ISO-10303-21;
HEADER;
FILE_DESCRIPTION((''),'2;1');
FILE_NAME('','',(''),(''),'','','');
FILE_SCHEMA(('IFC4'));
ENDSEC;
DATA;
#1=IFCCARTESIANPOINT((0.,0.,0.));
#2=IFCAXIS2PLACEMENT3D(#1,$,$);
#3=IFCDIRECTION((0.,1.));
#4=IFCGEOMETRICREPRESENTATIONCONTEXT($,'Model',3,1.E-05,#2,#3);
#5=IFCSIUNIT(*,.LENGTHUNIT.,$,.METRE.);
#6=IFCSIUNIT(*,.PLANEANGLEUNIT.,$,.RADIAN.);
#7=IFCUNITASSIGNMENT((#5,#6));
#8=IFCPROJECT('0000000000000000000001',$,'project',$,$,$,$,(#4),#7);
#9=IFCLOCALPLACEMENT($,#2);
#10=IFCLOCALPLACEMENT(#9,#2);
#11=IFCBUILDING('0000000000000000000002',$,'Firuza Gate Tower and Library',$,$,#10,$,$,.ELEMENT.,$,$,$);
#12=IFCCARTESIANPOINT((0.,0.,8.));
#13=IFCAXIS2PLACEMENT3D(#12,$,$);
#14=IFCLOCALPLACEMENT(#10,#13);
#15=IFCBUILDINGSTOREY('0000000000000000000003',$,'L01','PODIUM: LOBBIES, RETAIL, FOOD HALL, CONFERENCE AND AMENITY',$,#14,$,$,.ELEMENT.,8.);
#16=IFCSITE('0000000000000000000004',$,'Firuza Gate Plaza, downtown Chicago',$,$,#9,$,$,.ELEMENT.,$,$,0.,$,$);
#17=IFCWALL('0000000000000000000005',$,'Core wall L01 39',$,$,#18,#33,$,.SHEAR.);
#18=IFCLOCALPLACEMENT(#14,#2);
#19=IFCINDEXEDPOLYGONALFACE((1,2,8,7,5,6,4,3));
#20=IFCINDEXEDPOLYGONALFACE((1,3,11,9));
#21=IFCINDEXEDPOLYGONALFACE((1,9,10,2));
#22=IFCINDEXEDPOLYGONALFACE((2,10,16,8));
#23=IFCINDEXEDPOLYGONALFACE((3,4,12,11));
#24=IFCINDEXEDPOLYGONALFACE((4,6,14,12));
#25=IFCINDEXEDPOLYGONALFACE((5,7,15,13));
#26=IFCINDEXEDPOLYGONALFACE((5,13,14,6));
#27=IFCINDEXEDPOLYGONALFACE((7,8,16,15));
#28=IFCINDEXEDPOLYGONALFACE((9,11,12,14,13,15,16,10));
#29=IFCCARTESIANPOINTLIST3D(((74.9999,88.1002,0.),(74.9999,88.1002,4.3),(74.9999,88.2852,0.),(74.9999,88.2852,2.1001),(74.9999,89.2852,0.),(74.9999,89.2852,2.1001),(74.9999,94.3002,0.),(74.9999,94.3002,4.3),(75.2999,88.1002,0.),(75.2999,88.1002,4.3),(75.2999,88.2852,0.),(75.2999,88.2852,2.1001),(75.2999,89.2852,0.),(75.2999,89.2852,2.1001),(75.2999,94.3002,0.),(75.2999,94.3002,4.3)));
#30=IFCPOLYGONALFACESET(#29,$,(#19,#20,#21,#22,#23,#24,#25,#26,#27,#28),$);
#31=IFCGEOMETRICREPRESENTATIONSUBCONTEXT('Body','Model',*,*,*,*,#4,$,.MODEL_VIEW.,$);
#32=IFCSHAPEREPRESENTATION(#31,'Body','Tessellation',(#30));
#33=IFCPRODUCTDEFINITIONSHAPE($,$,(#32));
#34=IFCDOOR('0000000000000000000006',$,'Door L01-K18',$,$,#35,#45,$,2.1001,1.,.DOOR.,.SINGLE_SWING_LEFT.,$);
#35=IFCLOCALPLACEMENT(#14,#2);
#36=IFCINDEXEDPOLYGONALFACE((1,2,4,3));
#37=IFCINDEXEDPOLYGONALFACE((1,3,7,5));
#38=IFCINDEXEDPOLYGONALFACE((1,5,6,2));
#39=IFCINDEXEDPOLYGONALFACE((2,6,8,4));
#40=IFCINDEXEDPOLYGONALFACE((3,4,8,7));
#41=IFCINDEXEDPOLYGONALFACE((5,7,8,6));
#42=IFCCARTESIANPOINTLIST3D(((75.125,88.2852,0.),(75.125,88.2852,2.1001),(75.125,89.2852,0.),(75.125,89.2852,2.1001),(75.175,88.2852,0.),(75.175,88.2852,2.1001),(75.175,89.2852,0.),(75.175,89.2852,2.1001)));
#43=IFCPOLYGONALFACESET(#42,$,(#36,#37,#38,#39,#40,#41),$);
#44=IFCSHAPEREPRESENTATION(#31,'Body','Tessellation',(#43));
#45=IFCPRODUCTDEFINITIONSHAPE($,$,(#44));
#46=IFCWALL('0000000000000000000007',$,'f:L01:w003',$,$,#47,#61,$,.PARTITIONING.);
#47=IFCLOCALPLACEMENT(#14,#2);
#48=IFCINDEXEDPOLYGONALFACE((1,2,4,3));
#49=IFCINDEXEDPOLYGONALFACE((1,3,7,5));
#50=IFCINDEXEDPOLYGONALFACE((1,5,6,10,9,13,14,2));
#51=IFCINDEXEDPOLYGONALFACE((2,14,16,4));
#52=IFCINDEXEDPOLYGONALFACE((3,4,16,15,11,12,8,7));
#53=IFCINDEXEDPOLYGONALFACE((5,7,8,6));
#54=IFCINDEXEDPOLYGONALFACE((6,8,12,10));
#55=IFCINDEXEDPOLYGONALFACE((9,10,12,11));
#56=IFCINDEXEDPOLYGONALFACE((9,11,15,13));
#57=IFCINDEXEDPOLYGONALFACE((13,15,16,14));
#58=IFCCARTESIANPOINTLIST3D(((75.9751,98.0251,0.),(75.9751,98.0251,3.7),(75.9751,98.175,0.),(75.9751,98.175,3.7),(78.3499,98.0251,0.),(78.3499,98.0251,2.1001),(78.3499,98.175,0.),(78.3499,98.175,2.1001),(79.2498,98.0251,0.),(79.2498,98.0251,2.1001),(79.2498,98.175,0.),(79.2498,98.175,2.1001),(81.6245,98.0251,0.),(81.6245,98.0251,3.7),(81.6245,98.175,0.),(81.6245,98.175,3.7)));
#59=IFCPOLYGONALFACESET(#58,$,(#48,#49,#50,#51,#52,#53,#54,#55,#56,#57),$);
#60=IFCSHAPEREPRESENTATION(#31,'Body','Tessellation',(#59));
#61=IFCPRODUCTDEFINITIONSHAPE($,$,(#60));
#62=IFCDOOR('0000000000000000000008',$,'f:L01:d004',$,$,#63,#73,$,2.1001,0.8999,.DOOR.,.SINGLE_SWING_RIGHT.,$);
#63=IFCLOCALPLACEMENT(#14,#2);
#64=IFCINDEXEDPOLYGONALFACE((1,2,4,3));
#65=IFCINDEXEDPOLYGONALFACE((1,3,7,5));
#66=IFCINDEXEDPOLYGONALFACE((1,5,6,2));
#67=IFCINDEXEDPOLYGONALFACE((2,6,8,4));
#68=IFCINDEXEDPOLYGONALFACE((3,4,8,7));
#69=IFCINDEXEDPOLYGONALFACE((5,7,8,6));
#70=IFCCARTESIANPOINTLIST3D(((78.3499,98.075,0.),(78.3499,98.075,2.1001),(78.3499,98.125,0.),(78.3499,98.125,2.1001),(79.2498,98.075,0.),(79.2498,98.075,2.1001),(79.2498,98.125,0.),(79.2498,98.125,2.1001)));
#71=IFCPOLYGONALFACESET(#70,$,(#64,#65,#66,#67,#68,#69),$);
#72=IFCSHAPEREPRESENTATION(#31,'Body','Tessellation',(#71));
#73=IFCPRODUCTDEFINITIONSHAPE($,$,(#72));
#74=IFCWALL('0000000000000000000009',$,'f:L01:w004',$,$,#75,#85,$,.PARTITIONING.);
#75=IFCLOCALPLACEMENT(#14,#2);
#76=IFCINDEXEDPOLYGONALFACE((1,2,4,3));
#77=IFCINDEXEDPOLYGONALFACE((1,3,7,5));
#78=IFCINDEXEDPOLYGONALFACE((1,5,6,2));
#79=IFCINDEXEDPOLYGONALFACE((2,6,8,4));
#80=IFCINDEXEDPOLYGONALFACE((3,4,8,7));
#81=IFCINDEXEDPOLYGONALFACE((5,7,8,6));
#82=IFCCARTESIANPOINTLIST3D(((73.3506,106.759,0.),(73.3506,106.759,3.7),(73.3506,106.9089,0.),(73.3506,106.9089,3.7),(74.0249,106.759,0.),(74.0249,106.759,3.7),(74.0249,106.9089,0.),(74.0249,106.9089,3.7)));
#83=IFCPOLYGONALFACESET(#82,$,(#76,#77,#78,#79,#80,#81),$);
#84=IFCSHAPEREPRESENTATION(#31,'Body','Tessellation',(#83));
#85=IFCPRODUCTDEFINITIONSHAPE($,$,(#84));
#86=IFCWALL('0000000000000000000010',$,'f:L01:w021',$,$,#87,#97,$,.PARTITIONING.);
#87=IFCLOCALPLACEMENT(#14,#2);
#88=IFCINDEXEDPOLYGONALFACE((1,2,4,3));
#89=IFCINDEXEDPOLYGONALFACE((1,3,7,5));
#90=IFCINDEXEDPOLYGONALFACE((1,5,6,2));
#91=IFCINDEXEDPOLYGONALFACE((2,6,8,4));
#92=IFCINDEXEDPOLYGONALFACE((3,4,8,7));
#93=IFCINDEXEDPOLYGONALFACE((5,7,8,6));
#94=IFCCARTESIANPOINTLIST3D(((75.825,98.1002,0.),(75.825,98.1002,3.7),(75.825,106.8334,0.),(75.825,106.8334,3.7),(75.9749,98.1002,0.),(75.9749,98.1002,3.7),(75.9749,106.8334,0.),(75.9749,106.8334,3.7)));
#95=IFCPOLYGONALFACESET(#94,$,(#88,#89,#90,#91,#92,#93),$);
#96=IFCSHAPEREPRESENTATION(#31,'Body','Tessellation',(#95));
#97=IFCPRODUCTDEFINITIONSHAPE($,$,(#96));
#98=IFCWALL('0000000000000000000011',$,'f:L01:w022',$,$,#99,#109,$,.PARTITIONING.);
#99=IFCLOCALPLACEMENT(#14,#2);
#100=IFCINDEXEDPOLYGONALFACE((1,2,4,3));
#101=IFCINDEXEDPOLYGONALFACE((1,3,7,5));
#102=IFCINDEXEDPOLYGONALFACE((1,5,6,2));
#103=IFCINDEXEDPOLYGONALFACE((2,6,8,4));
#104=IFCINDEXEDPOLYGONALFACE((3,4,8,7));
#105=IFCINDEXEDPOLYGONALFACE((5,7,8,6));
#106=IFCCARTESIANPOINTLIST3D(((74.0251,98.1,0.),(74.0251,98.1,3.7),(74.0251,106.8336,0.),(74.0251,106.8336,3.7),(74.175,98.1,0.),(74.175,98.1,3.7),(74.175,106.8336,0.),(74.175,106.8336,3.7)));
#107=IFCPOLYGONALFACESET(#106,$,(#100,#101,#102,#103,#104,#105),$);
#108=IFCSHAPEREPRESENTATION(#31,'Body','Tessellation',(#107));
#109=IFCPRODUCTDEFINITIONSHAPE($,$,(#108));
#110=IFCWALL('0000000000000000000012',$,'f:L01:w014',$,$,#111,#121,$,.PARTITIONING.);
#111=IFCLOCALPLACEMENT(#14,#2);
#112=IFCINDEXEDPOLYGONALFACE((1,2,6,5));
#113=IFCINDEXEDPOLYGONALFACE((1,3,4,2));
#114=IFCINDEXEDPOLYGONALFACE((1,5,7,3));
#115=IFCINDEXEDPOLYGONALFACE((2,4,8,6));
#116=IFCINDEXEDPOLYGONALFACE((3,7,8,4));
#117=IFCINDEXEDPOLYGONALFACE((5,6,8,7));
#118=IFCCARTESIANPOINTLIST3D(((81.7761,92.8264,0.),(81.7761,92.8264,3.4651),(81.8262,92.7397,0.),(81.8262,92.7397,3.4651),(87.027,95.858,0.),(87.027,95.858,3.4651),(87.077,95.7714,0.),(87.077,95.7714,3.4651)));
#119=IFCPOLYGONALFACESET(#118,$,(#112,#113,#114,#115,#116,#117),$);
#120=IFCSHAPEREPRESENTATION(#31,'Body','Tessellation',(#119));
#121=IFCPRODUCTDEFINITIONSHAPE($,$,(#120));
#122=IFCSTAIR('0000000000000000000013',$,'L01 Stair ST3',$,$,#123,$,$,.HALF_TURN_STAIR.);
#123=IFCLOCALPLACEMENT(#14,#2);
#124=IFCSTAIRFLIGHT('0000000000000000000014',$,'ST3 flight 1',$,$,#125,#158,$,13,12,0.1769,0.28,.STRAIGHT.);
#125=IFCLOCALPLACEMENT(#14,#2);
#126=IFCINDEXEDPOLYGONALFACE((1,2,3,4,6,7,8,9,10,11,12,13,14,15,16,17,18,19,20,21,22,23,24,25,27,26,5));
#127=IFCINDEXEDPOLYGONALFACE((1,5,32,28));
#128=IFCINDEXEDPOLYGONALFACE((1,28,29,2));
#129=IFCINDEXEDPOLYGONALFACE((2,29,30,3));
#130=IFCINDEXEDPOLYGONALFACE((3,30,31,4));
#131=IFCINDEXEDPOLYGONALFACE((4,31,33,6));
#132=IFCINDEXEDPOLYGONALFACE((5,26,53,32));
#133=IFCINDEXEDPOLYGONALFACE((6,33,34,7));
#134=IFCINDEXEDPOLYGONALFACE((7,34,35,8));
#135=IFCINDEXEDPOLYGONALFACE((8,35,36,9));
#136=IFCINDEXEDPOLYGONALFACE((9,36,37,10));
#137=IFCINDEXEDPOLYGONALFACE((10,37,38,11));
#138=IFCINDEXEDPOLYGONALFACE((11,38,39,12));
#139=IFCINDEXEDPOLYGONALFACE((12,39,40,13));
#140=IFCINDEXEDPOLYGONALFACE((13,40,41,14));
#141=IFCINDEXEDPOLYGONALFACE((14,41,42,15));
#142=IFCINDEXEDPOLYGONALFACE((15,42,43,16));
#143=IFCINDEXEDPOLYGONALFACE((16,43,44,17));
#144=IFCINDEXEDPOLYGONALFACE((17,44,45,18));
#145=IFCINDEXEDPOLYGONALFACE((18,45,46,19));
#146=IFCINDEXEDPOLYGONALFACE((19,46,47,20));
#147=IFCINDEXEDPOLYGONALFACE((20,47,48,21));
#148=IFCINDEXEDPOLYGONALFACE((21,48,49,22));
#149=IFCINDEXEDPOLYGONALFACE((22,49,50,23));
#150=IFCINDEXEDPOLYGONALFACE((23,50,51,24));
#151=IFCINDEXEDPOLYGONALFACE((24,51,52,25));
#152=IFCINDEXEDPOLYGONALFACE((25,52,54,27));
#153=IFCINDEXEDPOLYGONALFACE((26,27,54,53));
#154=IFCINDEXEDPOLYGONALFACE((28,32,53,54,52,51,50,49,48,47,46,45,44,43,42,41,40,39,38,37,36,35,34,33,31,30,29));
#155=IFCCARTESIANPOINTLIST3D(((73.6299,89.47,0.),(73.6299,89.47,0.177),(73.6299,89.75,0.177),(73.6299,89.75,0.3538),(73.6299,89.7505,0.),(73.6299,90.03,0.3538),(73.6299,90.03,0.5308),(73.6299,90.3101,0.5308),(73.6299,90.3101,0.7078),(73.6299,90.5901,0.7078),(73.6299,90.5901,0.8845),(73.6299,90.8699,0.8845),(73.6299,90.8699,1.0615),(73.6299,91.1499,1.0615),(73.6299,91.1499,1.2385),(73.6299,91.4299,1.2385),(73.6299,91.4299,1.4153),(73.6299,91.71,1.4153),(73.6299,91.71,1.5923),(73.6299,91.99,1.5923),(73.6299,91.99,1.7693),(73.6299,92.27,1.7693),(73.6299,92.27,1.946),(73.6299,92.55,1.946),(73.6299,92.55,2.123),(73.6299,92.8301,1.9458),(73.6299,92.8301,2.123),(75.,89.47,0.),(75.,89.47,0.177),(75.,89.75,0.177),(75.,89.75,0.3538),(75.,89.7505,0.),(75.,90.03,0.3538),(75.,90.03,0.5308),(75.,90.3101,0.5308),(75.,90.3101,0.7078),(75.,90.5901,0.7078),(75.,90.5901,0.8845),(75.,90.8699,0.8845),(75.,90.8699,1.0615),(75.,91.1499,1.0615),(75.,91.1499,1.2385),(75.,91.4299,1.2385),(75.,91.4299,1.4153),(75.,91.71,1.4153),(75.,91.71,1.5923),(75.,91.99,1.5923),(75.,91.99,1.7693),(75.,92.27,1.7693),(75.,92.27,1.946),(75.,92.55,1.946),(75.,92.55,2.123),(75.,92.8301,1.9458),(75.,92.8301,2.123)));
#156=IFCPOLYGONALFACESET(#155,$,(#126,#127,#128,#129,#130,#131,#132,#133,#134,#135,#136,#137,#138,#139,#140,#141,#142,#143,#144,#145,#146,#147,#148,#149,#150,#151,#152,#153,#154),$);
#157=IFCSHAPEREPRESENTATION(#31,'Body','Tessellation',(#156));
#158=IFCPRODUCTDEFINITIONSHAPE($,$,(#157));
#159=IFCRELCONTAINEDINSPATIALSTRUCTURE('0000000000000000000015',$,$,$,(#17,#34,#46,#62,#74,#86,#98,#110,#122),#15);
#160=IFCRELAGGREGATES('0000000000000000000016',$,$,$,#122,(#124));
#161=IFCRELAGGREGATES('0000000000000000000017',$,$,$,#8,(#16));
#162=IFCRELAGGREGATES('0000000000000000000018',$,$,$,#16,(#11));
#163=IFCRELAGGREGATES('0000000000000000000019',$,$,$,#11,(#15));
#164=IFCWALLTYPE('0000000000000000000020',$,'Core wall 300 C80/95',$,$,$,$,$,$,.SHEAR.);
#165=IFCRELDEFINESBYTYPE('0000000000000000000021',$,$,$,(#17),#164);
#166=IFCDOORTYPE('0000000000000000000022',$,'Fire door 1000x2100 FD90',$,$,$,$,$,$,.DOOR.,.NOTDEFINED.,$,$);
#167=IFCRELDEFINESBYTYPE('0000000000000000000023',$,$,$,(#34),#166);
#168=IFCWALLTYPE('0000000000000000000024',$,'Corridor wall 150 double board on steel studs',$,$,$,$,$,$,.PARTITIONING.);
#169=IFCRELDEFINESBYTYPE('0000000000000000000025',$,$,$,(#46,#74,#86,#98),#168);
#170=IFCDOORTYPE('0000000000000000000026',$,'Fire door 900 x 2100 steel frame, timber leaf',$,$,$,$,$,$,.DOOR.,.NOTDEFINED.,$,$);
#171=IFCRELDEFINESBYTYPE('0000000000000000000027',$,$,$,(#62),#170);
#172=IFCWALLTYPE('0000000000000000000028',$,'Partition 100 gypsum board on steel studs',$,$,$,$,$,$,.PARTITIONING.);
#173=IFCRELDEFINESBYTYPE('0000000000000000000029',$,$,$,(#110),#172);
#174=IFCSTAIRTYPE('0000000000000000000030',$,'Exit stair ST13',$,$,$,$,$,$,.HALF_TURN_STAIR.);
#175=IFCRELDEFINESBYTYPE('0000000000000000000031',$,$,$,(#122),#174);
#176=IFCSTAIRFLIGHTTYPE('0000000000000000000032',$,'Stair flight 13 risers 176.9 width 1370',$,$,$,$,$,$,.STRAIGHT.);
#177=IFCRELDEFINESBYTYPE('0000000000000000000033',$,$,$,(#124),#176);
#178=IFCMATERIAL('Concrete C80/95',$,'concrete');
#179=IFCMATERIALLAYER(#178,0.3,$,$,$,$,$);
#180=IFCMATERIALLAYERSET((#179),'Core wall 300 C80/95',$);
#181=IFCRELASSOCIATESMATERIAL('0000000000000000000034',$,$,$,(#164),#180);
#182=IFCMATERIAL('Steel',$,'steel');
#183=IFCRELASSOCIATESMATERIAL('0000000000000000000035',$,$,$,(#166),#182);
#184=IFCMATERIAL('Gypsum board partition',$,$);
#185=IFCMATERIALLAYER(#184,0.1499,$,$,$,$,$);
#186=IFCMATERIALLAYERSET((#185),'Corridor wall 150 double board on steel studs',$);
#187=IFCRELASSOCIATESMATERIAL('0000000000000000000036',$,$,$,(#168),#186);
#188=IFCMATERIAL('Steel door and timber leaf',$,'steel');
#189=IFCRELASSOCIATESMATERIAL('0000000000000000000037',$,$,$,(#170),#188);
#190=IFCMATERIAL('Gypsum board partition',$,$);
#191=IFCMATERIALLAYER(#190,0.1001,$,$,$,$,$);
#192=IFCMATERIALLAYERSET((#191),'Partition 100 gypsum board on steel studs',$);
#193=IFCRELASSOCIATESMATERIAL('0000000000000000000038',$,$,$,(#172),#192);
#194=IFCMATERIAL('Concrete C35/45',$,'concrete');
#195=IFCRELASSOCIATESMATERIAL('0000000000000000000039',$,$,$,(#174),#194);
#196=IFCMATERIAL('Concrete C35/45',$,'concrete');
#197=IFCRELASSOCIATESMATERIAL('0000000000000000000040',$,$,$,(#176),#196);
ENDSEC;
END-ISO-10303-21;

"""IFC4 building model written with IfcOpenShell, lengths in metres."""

from ifc_helpers import new_model, si_unit, direction, frame, frame_2d, origin, place, context, subcontext, project, spatial, polyline, rectangle, outline, extrude, material, layer, layer_set, type_object, element, fill, aggregate, save


model = new_model("IFC4")

# Units and contexts
model_context = context("Model", 3, precision=1e-05, world=origin(), true_north=direction((0.0, 1.0)))
body_context = subcontext(model_context, "Body", "Model", "MODEL_VIEW")
ifc_project = project(units=[si_unit("LENGTHUNIT", "METRE"), si_unit("PLANEANGLEUNIT", "RADIAN")], contexts=[model_context])

# Site, building, storey
site_placement = place(None, origin())
site = spatial("IfcSite", under=ifc_project, at=site_placement, Name="Firuza Gate Plaza, downtown Chicago", CompositionType="ELEMENT", RefElevation=0.0)
building_placement = place(site_placement, origin())
building = spatial("IfcBuilding", under=site, at=building_placement, Name="Firuza Gate Tower and Library", CompositionType="ELEMENT")
storey_placement = place(building_placement, frame((0.0, 0.0, 8.0)))
storey = spatial("IfcBuildingStorey", under=building, at=storey_placement, Name="L01", Description="PODIUM: LOBBIES, RETAIL, FOOD HALL, CONFERENCE AND AMENITY", CompositionType="ELEMENT", Elevation=8.0)

# Shared definitions
placement = place(storey_placement, origin())

# Shared definitions
ifc_material_1 = material(Name="Concrete C80/95", Category="concrete")
ifc_layer_1 = layer(ifc_material_1, 0.3)
ifc_layer_set_1 = layer_set([ifc_layer_1], Name="Core wall 300 C80/95")
wall_type_1 = type_object("IfcWallType", Name="Core wall 300 C80/95", PredefinedType="SHEAR", material=ifc_layer_set_1)

# Walls, openings, doors
wall_1_placement = place(storey_placement, frame((75.1499, 88.1001, 0.0), z_axis=(0.0, 0.0, 1.0), x_axis=(0.0, 1.0, 0.0)))
wall_1 = element("IfcWall", 1, at=wall_1_placement, inside=storey, type_object=wall_type_1, Name="Core wall L01 39", PredefinedType="SHEAR", context=body_context, shape_type="SweptSolid", body=[
    extrude(rectangle(XDim=6.2, YDim=0.3, at=frame_2d((3.1001, 0.0))), origin(), (0.0, 0.0, 1.0), 4.3),
])
opening_1_placement = place(wall_1_placement, frame((0.1851, 0.0, 0.0)))
opening_1 = element("IfcOpeningElement", 2, at=opening_1_placement, cuts=wall_1, PredefinedType="OPENING", context=body_context, shape_type="SweptSolid", body=[
    extrude(rectangle(XDim=1.0, YDim=2.1001, at=frame_2d((0.5, 1.05))), frame((0.0, 0.1602, 0.0), z_axis=(0.0, -1.0, 0.0), x_axis=(1.0, 0.0, 0.0)), (0.0, 0.0, 1.0), 0.3201),
])
ifc_material_2 = material(Name="Steel", Category="steel")
door_type_1 = type_object("IfcDoorType", Name="Fire door 1000x2100 FD90", OperationType="NOTDEFINED", PredefinedType="DOOR", material=ifc_material_2)
door_1_placement = place(opening_1_placement, origin())
door_1 = element("IfcDoor", 3, at=door_1_placement, inside=storey, type_object=door_type_1, Name="Door L01-K18", OperationType="SINGLE_SWING_LEFT", OverallHeight=2.1001, OverallWidth=1.0, PredefinedType="DOOR", context=body_context, shape_type="SweptSolid", body=[
    extrude(rectangle(XDim=1.0, YDim=2.1001, at=frame_2d((0.5, 1.05))), frame((0.0, 0.0249, 0.0), z_axis=(0.0, -1.0, 0.0), x_axis=(1.0, 0.0, 0.0)), (0.0, 0.0, 1.0), 0.05),
])
fill(opening_1, door_1)
ifc_material_3 = material(Name="Gypsum board partition")
ifc_layer_2 = layer(ifc_material_3, 0.1499)
ifc_layer_set_2 = layer_set([ifc_layer_2], Name="Corridor wall 150 double board on steel studs")
wall_type_2 = type_object("IfcWallType", Name="Corridor wall 150 double board on steel studs", PredefinedType="PARTITIONING", material=ifc_layer_set_2)
wall_2_placement = place(storey_placement, frame((75.9751, 98.1001, 0.0), z_axis=(0.0, 0.0, 1.0), x_axis=(1.0, 0.0, 0.0)))
wall_2 = element("IfcWall", 4, at=wall_2_placement, inside=storey, type_object=wall_type_2, Name="f:L01:w003", PredefinedType="PARTITIONING", context=body_context, shape_type="SweptSolid", body=[
    extrude(rectangle(XDim=5.6494, YDim=0.1499, at=frame_2d((2.8247, 0.0))), origin(), (0.0, 0.0, 1.0), 3.7),
])
opening_2_placement = place(wall_2_placement, frame((2.3748, 0.0, 0.0)))
opening_2 = element("IfcOpeningElement", 5, at=opening_2_placement, cuts=wall_2, PredefinedType="OPENING", context=body_context, shape_type="SweptSolid", body=[
    extrude(rectangle(XDim=0.8999, YDim=2.1001, at=frame_2d((0.45, 1.05))), frame((0.0, 0.085, 0.0), z_axis=(0.0, -1.0, 0.0), x_axis=(1.0, 0.0, 0.0)), (0.0, 0.0, 1.0), 0.1699),
])
ifc_material_4 = material(Name="Steel door and timber leaf", Category="steel")
door_type_2 = type_object("IfcDoorType", Name="Fire door 900 x 2100 steel frame, timber leaf", OperationType="NOTDEFINED", PredefinedType="DOOR", material=ifc_material_4)
door_2_placement = place(opening_2_placement, origin())
door_2 = element("IfcDoor", 6, at=door_2_placement, inside=storey, type_object=door_type_2, Name="f:L01:d004", OperationType="SINGLE_SWING_RIGHT", OverallHeight=2.1001, OverallWidth=0.8999, PredefinedType="DOOR", context=body_context, shape_type="SweptSolid", body=[
    extrude(rectangle(XDim=0.8999, YDim=2.1001, at=frame_2d((0.45, 1.05))), frame((0.0, 0.0249, 0.0), z_axis=(0.0, -1.0, 0.0), x_axis=(1.0, 0.0, 0.0)), (0.0, 0.0, 1.0), 0.05),
])
fill(opening_2, door_2)

# Walls
wall_3_placement = place(storey_placement, frame((73.3506, 106.834, 0.0), z_axis=(0.0, 0.0, 1.0), x_axis=(1.0, 0.0, 0.0)))
element("IfcWall", 7, at=wall_3_placement, inside=storey, type_object=wall_type_2, Name="f:L01:w004", PredefinedType="PARTITIONING", context=body_context, shape_type="SweptSolid", body=[
    extrude(rectangle(XDim=0.6743, YDim=0.1499, at=frame_2d((0.3372, 0.0))), origin(), (0.0, 0.0, 1.0), 3.7),
])
wall_4_placement = place(storey_placement, frame((75.8999, 98.1001, 0.0), z_axis=(0.0, 0.0, 1.0), x_axis=(0.0, 1.0, 0.0)))
element("IfcWall", 8, at=wall_4_placement, inside=storey, type_object=wall_type_2, Name="f:L01:w021", PredefinedType="PARTITIONING", context=body_context, shape_type="SweptSolid", body=[
    extrude(rectangle(XDim=8.7332, YDim=0.1499, at=frame_2d((4.3667, 0.0))), origin(), (0.0, 0.0, 1.0), 3.7),
])
wall_5_placement = place(storey_placement, frame((74.1001, 98.1001, 0.0), z_axis=(0.0, 0.0, 1.0), x_axis=(0.0, 1.0, 0.0)))
element("IfcWall", 9, at=wall_5_placement, inside=storey, type_object=wall_type_2, Name="f:L01:w022", PredefinedType="PARTITIONING", context=body_context, shape_type="SweptSolid", body=[
    extrude(rectangle(XDim=8.7336, YDim=0.1499, at=frame_2d((4.3667, 0.0))), origin(), (0.0, 0.0, 1.0), 3.7),
])
ifc_material_5 = material(Name="Gypsum board partition")
ifc_layer_3 = layer(ifc_material_5, 0.1001)
ifc_layer_set_3 = layer_set([ifc_layer_3], Name="Partition 100 gypsum board on steel studs")
wall_type_3 = type_object("IfcWallType", Name="Partition 100 gypsum board on steel studs", PredefinedType="PARTITIONING", material=ifc_layer_set_3)
wall_6_placement = place(storey_placement, frame((81.801, 92.783, 0.0), z_axis=(0.0, 0.0, 1.0), x_axis=(0.866019, 0.500011, 0.0)))
element("IfcWall", 10, at=wall_6_placement, inside=storey, type_object=wall_type_3, Name="f:L01:w014", PredefinedType="PARTITIONING", context=body_context, shape_type="SweptSolid", body=[
    extrude(rectangle(XDim=6.0632, YDim=0.1001, at=frame_2d((3.0317, 0.0))), origin(), (0.0, 0.0, 1.0), 3.4651),
])

# Stair, stair flight
ifc_material_6 = material(Name="Concrete C35/45", Category="concrete")
stair_type = type_object("IfcStairType", Name="Exit stair ST13", PredefinedType="HALF_TURN_STAIR", material=ifc_material_6)
stair = element("IfcStair", 11, at=placement, inside=storey, type_object=stair_type, Name="L01 Stair ST3", PredefinedType="HALF_TURN_STAIR")
ifc_material_7 = material(Name="Concrete C35/45", Category="concrete")
stair_flight_type = type_object("IfcStairFlightType", Name="Stair flight 13 risers 176.9 width 1370", PredefinedType="STRAIGHT", material=ifc_material_7)
stair_flight_placement = place(storey_placement, frame((74.3149, 89.47, 0.0), z_axis=(0.0, 0.0, 1.0), x_axis=(0.0, 1.0, 0.0)))
stair_flight = element("IfcStairFlight", 12, at=stair_flight_placement, type_object=stair_flight_type, Name="ST3 flight 1", NumberOfRisers=13, NumberOfTreads=12, PredefinedType="STRAIGHT", RiserHeight=0.1769, TreadLength=0.28, context=body_context, shape_type="SweptSolid", body=[
    extrude(outline(polyline([(0.0, 0.0), (0.0, 0.177), (0.28, 0.177), (0.28, 0.3538), (0.5601, 0.3538), (0.5601, 0.5308), (0.8401, 0.5308), (0.8401, 0.7078), (1.1201, 0.7078), (1.1201, 0.8845), (1.3999, 0.8845), (1.3999, 1.0615), (1.6799, 1.0615), (1.6799, 1.2385), (1.96, 1.2385), (1.96, 1.4153), (2.24, 1.4153), (2.24, 1.5923), (2.52, 1.5923), (2.52, 1.7693), (2.8, 1.7693), (2.8, 1.946), (3.0801, 1.946), (3.0801, 2.123), (3.3601, 2.123), (3.3601, 2.3), (3.3601, 1.9458), (0.2805, 0.0), (0.0, 0.0)])), frame((0.0, 0.6851, 0.0), z_axis=(0.0, -1.0, 0.0), x_axis=(1.0, 0.0, 0.0)), (0.0, 0.0, 1.0), 1.3701),
])
aggregate(stair, [stair_flight])

save(model, "model.ifc")
